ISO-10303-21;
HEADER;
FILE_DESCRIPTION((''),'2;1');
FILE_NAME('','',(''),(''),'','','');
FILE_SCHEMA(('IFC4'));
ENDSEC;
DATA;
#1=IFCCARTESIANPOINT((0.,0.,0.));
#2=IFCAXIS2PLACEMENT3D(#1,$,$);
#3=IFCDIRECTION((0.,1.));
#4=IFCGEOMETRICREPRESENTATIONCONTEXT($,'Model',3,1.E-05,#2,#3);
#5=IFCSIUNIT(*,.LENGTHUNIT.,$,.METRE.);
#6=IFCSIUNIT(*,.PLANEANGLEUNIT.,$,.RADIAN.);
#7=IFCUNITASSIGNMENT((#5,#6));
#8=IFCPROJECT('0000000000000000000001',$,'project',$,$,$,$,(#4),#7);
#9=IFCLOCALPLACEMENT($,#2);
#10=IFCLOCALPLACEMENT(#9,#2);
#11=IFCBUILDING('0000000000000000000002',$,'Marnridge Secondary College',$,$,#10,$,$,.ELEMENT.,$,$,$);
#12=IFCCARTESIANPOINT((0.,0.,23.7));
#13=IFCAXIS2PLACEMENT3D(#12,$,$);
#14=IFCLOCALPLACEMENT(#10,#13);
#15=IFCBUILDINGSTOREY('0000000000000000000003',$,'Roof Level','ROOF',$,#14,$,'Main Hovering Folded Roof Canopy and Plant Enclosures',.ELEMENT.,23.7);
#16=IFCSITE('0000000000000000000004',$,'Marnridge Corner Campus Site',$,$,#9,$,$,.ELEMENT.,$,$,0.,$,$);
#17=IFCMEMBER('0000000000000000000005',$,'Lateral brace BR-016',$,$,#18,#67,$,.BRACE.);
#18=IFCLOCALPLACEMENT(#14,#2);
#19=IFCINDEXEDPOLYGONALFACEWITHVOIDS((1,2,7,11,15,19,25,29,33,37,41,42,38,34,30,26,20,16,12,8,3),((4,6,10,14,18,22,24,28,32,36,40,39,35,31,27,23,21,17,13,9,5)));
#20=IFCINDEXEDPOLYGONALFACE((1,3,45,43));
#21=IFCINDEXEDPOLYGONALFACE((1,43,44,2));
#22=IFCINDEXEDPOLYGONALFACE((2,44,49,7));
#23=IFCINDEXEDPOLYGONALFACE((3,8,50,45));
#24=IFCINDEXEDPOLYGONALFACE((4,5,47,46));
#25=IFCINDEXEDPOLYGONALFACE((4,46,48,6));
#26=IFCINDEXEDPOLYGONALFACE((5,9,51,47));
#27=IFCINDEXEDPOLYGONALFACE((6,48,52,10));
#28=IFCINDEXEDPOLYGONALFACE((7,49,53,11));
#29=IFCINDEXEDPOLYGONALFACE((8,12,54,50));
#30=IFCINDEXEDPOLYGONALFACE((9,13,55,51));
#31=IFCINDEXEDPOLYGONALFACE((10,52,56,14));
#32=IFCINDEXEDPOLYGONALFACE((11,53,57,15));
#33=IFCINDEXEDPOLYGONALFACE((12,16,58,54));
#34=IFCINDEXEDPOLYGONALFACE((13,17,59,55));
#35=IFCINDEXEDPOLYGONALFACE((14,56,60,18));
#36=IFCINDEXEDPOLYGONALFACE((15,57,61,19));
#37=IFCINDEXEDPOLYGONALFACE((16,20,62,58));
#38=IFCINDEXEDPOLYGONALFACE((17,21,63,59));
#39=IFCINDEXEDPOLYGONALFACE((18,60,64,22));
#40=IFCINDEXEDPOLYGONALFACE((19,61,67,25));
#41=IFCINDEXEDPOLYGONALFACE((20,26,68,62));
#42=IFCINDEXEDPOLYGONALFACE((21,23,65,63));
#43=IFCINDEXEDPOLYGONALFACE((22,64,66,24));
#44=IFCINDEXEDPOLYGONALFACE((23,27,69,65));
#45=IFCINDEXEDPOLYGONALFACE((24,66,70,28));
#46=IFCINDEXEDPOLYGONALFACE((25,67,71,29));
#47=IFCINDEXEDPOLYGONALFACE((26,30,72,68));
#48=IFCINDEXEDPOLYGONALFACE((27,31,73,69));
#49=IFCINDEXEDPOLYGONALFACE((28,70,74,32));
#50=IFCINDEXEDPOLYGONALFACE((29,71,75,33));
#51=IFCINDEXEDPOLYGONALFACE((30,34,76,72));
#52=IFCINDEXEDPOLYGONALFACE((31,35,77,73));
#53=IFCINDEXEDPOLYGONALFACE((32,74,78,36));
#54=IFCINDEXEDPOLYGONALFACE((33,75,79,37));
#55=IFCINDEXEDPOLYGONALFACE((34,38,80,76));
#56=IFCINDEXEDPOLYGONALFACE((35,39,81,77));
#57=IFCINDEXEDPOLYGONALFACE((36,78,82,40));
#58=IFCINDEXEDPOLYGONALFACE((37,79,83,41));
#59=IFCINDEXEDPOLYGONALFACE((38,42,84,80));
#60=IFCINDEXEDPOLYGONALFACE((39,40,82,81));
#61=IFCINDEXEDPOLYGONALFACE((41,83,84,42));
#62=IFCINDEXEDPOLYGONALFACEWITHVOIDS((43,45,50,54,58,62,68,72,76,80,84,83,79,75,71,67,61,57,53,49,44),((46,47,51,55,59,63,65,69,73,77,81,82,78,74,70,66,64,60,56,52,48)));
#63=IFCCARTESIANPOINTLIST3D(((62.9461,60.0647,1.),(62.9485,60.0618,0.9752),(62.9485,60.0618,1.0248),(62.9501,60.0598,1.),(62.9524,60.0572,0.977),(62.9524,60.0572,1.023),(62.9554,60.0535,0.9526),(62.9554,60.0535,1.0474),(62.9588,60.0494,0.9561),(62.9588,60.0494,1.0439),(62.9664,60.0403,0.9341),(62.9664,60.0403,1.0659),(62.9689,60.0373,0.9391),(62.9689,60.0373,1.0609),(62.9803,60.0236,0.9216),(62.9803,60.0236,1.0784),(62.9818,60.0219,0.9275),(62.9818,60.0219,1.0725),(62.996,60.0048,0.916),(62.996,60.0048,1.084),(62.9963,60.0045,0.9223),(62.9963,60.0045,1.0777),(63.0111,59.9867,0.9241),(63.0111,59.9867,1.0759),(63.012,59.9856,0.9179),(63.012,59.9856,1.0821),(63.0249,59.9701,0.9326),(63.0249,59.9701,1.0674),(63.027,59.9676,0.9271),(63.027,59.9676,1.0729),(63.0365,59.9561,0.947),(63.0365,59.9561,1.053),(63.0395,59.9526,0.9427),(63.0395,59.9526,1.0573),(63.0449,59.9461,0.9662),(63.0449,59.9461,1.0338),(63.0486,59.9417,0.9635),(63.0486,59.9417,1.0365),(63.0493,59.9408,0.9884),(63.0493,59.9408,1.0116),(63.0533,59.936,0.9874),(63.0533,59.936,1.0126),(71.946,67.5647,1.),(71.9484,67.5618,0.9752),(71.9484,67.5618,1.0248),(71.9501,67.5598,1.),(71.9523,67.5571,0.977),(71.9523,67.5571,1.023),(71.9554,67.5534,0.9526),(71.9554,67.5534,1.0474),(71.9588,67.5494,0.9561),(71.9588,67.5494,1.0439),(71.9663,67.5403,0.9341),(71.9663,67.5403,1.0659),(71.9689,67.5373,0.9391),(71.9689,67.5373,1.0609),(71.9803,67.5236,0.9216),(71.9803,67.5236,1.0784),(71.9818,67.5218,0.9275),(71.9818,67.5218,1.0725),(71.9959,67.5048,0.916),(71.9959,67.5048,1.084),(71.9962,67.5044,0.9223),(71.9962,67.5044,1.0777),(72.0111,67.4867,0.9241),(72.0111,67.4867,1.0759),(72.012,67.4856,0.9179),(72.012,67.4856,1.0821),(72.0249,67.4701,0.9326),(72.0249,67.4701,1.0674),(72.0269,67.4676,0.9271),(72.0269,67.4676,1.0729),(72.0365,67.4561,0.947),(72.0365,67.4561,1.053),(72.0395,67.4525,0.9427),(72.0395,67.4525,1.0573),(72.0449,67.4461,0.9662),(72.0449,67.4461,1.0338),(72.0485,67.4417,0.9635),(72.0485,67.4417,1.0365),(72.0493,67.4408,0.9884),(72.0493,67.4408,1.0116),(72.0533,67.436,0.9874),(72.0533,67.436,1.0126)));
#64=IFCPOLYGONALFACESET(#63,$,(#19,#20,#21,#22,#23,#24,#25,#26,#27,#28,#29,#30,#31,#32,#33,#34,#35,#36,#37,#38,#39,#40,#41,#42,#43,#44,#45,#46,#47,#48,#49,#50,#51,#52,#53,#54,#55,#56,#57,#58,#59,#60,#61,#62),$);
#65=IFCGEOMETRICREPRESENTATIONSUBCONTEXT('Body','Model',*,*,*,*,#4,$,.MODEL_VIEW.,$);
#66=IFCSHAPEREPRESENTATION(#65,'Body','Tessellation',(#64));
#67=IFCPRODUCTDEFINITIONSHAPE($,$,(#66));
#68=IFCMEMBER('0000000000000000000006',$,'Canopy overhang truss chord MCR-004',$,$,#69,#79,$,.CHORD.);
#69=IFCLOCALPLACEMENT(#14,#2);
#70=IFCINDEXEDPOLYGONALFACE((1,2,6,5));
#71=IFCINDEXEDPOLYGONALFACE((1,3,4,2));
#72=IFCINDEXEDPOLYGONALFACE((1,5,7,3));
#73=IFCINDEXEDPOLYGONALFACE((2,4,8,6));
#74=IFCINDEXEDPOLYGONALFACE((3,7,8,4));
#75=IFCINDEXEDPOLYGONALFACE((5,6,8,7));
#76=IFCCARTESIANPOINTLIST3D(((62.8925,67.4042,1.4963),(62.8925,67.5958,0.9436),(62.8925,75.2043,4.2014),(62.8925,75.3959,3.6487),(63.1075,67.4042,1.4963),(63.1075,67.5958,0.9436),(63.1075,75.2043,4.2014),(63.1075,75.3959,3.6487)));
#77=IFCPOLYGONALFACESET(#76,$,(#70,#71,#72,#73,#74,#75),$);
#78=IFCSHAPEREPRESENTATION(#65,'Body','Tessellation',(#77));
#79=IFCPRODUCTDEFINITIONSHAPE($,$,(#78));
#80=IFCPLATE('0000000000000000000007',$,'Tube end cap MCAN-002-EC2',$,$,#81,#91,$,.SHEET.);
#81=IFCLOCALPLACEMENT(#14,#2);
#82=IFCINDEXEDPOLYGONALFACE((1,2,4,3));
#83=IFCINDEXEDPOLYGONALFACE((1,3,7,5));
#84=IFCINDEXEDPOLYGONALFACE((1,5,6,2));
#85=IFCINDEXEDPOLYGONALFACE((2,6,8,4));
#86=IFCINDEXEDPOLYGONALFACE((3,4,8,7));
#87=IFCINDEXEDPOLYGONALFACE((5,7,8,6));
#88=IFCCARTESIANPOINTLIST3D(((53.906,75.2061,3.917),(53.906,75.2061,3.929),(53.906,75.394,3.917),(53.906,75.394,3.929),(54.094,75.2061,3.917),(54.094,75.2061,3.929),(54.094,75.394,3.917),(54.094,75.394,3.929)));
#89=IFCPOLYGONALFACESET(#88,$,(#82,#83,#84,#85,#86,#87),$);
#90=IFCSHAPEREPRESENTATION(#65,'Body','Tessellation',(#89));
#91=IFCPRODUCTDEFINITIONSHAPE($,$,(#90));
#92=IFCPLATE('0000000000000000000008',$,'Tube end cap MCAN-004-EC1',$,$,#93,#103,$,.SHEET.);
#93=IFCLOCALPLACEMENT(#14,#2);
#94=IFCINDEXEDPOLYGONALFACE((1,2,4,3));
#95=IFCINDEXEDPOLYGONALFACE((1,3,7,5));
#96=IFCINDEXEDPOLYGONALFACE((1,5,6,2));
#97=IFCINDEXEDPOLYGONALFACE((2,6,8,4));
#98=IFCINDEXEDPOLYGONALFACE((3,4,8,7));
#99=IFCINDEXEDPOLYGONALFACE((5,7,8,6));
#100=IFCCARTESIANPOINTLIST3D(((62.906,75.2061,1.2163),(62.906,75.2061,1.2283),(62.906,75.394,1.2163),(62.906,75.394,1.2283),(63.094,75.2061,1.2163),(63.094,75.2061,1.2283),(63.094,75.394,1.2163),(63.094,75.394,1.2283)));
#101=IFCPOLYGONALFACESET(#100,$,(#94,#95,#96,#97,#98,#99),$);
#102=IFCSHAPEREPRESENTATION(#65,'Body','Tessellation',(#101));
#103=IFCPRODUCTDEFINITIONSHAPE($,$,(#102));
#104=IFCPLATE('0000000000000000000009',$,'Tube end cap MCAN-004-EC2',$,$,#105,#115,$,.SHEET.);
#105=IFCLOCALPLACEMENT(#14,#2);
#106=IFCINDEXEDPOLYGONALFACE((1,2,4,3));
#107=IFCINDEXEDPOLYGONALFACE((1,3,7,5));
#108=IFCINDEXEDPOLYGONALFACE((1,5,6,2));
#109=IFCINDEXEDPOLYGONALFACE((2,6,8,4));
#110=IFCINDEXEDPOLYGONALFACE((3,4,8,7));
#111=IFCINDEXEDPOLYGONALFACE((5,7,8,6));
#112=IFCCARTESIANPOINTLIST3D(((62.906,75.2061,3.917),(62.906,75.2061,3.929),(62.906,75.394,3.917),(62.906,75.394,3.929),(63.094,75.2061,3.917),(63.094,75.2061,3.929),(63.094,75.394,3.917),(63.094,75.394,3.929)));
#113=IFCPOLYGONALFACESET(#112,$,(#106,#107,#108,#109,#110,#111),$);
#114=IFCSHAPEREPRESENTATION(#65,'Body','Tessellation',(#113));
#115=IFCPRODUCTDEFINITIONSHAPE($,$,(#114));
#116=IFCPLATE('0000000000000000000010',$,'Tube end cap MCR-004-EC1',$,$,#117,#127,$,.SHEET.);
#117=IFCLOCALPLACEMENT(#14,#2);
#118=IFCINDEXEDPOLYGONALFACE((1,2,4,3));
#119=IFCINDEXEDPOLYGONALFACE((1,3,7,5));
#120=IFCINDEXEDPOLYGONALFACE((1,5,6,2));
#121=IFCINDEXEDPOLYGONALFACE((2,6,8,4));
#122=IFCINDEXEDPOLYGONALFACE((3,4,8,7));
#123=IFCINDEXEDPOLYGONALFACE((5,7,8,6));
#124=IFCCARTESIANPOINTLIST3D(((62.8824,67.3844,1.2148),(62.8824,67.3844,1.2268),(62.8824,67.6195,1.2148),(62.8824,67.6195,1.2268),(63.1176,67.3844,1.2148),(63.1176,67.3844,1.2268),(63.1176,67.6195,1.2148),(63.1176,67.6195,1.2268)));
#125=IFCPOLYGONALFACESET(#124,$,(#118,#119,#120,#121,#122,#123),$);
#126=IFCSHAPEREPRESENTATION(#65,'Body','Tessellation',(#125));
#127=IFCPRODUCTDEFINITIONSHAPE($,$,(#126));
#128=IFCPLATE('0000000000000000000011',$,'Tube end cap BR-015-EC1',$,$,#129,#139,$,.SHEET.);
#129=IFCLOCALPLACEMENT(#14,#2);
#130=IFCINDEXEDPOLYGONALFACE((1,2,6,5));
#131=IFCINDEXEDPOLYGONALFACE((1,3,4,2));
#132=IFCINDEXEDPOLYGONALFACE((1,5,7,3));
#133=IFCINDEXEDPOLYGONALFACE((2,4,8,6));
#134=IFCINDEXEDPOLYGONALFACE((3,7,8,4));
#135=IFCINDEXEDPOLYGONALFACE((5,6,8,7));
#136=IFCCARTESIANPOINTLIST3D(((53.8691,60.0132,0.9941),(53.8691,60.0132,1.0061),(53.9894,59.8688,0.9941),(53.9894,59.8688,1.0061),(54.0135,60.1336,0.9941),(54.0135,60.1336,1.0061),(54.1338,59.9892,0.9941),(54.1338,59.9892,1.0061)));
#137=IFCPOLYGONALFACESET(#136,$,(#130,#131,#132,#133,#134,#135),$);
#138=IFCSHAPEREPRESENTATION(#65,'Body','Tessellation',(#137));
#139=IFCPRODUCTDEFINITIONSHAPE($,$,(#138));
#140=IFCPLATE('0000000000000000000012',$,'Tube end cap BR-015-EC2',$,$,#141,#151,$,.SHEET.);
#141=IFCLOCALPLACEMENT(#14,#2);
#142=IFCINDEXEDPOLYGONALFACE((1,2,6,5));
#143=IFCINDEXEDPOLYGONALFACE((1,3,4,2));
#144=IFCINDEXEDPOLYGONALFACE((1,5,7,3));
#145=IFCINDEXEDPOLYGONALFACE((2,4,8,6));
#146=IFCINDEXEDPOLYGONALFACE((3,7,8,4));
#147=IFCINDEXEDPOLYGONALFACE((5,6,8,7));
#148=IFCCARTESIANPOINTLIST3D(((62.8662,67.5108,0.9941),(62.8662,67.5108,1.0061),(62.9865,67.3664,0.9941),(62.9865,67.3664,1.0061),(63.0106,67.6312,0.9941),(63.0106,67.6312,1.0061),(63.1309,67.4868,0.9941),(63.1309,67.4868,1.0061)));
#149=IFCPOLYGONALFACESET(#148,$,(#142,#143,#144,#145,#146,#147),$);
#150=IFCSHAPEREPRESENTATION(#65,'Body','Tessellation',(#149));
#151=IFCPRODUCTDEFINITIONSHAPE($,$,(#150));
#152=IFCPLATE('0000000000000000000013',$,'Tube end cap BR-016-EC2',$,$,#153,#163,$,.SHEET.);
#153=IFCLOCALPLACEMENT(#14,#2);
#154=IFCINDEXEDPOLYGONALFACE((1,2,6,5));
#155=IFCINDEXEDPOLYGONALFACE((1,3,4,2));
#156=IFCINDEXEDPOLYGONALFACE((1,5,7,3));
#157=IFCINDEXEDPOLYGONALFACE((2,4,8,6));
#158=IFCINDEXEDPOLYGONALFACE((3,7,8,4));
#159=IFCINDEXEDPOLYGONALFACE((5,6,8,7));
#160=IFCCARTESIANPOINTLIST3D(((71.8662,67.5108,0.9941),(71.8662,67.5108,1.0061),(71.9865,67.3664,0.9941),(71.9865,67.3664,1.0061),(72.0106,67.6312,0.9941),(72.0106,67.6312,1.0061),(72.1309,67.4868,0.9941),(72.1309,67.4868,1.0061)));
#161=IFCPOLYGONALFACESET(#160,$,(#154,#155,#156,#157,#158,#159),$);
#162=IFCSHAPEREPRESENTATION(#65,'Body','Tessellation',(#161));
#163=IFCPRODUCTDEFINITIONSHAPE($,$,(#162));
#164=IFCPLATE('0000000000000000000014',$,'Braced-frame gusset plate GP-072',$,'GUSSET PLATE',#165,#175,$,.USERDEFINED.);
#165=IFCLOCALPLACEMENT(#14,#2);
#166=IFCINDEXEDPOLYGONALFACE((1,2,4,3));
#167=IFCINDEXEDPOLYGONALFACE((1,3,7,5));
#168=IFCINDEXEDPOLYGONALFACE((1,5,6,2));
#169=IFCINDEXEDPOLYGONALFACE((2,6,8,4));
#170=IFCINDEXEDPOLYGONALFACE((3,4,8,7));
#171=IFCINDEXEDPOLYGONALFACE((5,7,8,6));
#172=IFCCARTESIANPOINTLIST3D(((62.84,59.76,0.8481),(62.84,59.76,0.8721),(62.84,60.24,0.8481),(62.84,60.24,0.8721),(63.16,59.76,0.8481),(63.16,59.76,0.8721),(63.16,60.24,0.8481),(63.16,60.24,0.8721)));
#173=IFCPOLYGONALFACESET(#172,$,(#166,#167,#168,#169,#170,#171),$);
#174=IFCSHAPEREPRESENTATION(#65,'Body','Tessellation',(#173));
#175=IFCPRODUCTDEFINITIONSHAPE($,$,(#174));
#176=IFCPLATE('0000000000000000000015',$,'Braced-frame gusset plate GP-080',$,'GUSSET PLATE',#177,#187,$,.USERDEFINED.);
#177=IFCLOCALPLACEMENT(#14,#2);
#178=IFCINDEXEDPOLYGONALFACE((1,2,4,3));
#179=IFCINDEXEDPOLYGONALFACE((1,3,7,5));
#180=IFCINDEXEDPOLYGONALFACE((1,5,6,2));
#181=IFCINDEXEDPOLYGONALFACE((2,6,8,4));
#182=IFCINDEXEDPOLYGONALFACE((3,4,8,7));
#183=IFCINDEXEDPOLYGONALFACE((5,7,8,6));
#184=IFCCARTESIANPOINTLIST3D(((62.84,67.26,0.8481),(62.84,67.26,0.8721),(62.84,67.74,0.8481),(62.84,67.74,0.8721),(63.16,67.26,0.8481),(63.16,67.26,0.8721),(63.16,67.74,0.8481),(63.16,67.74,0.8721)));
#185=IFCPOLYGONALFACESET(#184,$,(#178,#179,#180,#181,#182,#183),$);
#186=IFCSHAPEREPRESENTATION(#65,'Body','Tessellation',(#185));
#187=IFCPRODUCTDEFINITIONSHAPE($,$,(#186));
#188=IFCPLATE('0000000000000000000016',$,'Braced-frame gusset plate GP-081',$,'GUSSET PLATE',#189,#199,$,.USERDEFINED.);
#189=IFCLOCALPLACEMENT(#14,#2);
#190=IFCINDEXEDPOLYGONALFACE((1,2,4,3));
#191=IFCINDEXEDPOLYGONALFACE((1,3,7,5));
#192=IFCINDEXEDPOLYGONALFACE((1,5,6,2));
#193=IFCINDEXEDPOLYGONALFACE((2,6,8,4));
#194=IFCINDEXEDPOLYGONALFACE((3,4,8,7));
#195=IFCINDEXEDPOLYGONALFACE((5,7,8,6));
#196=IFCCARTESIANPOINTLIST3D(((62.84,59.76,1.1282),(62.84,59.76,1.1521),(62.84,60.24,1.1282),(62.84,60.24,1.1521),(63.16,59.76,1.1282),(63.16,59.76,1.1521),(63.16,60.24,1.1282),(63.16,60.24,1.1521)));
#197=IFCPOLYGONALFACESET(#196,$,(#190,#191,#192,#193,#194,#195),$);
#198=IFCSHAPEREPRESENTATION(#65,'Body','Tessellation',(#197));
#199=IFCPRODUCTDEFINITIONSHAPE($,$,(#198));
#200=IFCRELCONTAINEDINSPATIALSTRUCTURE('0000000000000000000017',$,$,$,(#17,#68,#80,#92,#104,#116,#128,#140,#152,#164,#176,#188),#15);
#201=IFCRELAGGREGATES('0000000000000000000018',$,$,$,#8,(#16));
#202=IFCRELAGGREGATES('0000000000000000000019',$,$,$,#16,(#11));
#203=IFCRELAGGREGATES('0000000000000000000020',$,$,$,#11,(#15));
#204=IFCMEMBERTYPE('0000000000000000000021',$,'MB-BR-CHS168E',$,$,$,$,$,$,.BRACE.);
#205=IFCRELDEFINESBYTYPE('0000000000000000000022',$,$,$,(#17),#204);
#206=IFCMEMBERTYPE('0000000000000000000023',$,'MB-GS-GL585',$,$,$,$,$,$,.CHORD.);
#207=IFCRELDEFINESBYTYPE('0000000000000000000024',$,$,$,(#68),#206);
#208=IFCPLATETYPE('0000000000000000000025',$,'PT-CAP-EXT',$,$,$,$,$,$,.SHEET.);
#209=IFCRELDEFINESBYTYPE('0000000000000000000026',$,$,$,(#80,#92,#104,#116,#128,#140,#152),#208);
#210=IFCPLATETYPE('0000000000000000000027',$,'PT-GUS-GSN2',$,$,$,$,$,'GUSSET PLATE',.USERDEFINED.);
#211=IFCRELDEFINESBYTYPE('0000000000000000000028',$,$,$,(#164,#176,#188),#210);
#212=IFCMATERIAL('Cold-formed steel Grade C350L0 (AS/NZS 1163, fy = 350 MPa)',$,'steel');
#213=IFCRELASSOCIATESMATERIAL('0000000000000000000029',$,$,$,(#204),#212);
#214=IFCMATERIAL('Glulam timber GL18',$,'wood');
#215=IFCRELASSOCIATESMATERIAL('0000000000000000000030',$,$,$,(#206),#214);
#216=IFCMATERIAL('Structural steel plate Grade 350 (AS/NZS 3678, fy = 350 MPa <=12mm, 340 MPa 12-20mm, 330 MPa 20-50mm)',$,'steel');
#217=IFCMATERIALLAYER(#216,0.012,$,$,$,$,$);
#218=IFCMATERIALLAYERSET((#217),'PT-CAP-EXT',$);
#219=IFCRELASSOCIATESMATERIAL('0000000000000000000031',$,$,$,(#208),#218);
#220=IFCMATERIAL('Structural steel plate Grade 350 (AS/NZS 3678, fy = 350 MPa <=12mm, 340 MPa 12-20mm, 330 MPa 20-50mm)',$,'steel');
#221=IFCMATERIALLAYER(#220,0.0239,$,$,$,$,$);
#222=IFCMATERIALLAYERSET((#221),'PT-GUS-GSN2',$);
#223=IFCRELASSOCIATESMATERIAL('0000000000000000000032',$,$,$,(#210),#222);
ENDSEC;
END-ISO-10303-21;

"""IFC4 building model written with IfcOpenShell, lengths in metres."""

from ifc_helpers import new_model, si_unit, direction, frame, origin, origin_2d, place, context, subcontext, project, spatial, rectangle, hollow_circle, extrude, material, layer, layer_set, material_profile, profile_set, type_object, element, save


model = new_model("IFC4")

# Units and contexts
model_context = context("Model", 3, precision=1e-05, world=origin(), true_north=direction((0.0, 1.0)))
body_context = subcontext(model_context, "Body", "Model", "MODEL_VIEW")
ifc_project = project(units=[si_unit("LENGTHUNIT", "METRE"), si_unit("PLANEANGLEUNIT", "RADIAN")], contexts=[model_context])

# Site, building, storey
site_placement = place(None, origin())
site = spatial("IfcSite", under=ifc_project, at=site_placement, Name="Marnridge Corner Campus Site", CompositionType="ELEMENT", RefElevation=0.0)
building_placement = place(site_placement, origin())
building = spatial("IfcBuilding", under=site, at=building_placement, Name="Marnridge Secondary College", CompositionType="ELEMENT")
storey_placement = place(building_placement, frame((0.0, 0.0, 23.7)))
storey = spatial("IfcBuildingStorey", under=building, at=storey_placement, Name="Roof Level", Description="ROOF", LongName="Main Hovering Folded Roof Canopy and Plant Enclosures", CompositionType="ELEMENT", Elevation=23.7)

# Members
ifc_material_1 = material(Name="Cold-formed steel Grade C350L0 (AS/NZS 1163, fy = 350 MPa)", Category="steel")
ifc_material_profile_1 = material_profile(ifc_material_1, hollow_circle(Radius=0.0842, WallThickness=0.0063, at=origin_2d()), Name="168.3x6.4CHS")
ifc_profile_set_1 = profile_set([ifc_material_profile_1], Name="Cold-formed steel Grade C350L0 (AS/NZS 1163, fy = 350 MPa)")
member_type_1 = type_object("IfcMemberType", Name="MB-BR-CHS168E", PredefinedType="BRACE", material=ifc_profile_set_1)
member_1_placement = place(storey_placement, frame((63.0, 60.0, 1.0), z_axis=(0.768221, 0.640184, 0.0), x_axis=(-0.640184, 0.768221, 0.0)))
element("IfcMember", 1, at=member_1_placement, inside=storey, type_object=member_type_1, Name="Lateral brace BR-016", PredefinedType="BRACE", context=body_context, shape_type="SweptSolid", body=[
    extrude(hollow_circle(Radius=0.0842, WallThickness=0.0063, at=origin_2d()), origin(), (0.0, 0.0, 1.0), 11.7153),
])
ifc_material_2 = material(Name="Glulam timber GL18", Category="wood")
ifc_material_profile_2 = material_profile(ifc_material_2, rectangle(XDim=0.2151, YDim=0.585, at=origin_2d()), Name="GL18 215x585")
ifc_profile_set_2 = profile_set([ifc_material_profile_2], Name="Glulam timber GL18")
member_type_2 = type_object("IfcMemberType", Name="MB-GS-GL585", PredefinedType="CHORD", material=ifc_profile_set_2)
member_2_placement = place(storey_placement, frame((63.0, 67.5, 1.22), z_axis=(0.0, 0.944796, 0.327658), x_axis=(-1.0, 0.0, 0.0)))
element("IfcMember", 2, at=member_2_placement, inside=storey, type_object=member_type_2, Name="Canopy overhang truss chord MCR-004", PredefinedType="CHORD", context=body_context, shape_type="SweptSolid", body=[
    extrude(rectangle(XDim=0.2151, YDim=0.585, at=origin_2d()), origin(), (0.0, 0.0, 1.0), 8.2559),
])

# Plates
ifc_material_3 = material(Name="Structural steel plate Grade 350 (AS/NZS 3678, fy = 350 MPa <=12mm, 340 MPa 12-20mm, 330 MPa 20-50mm)", Category="steel")
ifc_layer_1 = layer(ifc_material_3, 0.012)
ifc_layer_set_1 = layer_set([ifc_layer_1], Name="PT-CAP-EXT")
plate_type_1 = type_object("IfcPlateType", Name="PT-CAP-EXT", PredefinedType="SHEET", material=ifc_layer_set_1)
for number, where, z_axis, x_axis, name in (
    (3, (54.0, 75.3, 3.917), (0.0, 0.0, 1.0), (1.0, 0.0, 0.0), "Tube end cap MCAN-002-EC2"),
    (4, (63.0, 75.3, 1.2163), (0.0, 0.0, 1.0), (1.0, 0.0, 0.0), "Tube end cap MCAN-004-EC1"),
    (5, (63.0, 75.3, 3.917), (0.0, 0.0, 1.0), (1.0, 0.0, 0.0), "Tube end cap MCAN-004-EC2"),
):
    element("IfcPlate", number, at=place(storey_placement, frame(where, z_axis=z_axis, x_axis=x_axis)), inside=storey, type_object=plate_type_1, Name=name, PredefinedType="SHEET", context=body_context, shape_type="SweptSolid", body=[
        extrude(rectangle(XDim=0.188, YDim=0.188, at=origin_2d()), origin(), (0.0, 0.0, 1.0), 0.012),
    ])
plate_placement = place(storey_placement, frame((63.0, 67.502, 1.2148), z_axis=(0.0, 0.0, 1.0), x_axis=(0.0, 1.0, 0.0)))
element("IfcPlate", 6, at=plate_placement, inside=storey, type_object=plate_type_1, Name="Tube end cap MCR-004-EC1", PredefinedType="SHEET", context=body_context, shape_type="SweptSolid", body=[
    extrude(rectangle(XDim=0.2351, YDim=0.2351, at=origin_2d()), origin(), (0.0, 0.0, 1.0), 0.012),
])
for number, where, z_axis, x_axis, name in (
    (7, (54.0015, 60.0012, 0.9941), (0.0, 0.0, 1.0), (0.768172, 0.640244, 0.0), "Tube end cap BR-015-EC1"),
    (8, (62.9985, 67.4988, 0.9941), (0.0, 0.0, 1.0), (0.768172, 0.640244, 0.0), "Tube end cap BR-015-EC2"),
    (9, (71.9985, 67.4988, 0.9941), (0.0, 0.0, 1.0), (0.768172, 0.640244, 0.0), "Tube end cap BR-016-EC2"),
):
    element("IfcPlate", number, at=place(storey_placement, frame(where, z_axis=z_axis, x_axis=x_axis)), inside=storey, type_object=plate_type_1, Name=name, PredefinedType="SHEET", context=body_context, shape_type="SweptSolid", body=[
        extrude(rectangle(XDim=0.188, YDim=0.188, at=origin_2d()), origin(), (0.0, 0.0, 1.0), 0.012),
    ])
ifc_material_4 = material(Name="Structural steel plate Grade 350 (AS/NZS 3678, fy = 350 MPa <=12mm, 340 MPa 12-20mm, 330 MPa 20-50mm)", Category="steel")
ifc_layer_2 = layer(ifc_material_4, 0.0239)
ifc_layer_set_2 = layer_set([ifc_layer_2], Name="PT-GUS-GSN2")
plate_type_2 = type_object("IfcPlateType", Name="PT-GUS-GSN2", ElementType="GUSSET PLATE", PredefinedType="USERDEFINED", material=ifc_layer_set_2)
for number, where, z_axis, x_axis, name in (
    (10, (63.0, 60.0, 0.8481), (0.0, 0.0, 1.0), (0.0, 1.0, 0.0), "Braced-frame gusset plate GP-072"),
    (11, (63.0, 67.5, 0.8481), (0.0, 0.0, 1.0), (0.0, 1.0, 0.0), "Braced-frame gusset plate GP-080"),
    (12, (63.0, 60.0, 1.1282), (0.0, 0.0, 1.0), (0.0, 1.0, 0.0), "Braced-frame gusset plate GP-081"),
):
    element("IfcPlate", number, at=place(storey_placement, frame(where, z_axis=z_axis, x_axis=x_axis)), inside=storey, type_object=plate_type_2, Name=name, ObjectType="GUSSET PLATE", PredefinedType="USERDEFINED", context=body_context, shape_type="SweptSolid", body=[
        extrude(rectangle(XDim=0.48, YDim=0.3201, at=origin_2d()), origin(), (0.0, 0.0, 1.0), 0.0239),
    ])

save(model, "model.ifc")
